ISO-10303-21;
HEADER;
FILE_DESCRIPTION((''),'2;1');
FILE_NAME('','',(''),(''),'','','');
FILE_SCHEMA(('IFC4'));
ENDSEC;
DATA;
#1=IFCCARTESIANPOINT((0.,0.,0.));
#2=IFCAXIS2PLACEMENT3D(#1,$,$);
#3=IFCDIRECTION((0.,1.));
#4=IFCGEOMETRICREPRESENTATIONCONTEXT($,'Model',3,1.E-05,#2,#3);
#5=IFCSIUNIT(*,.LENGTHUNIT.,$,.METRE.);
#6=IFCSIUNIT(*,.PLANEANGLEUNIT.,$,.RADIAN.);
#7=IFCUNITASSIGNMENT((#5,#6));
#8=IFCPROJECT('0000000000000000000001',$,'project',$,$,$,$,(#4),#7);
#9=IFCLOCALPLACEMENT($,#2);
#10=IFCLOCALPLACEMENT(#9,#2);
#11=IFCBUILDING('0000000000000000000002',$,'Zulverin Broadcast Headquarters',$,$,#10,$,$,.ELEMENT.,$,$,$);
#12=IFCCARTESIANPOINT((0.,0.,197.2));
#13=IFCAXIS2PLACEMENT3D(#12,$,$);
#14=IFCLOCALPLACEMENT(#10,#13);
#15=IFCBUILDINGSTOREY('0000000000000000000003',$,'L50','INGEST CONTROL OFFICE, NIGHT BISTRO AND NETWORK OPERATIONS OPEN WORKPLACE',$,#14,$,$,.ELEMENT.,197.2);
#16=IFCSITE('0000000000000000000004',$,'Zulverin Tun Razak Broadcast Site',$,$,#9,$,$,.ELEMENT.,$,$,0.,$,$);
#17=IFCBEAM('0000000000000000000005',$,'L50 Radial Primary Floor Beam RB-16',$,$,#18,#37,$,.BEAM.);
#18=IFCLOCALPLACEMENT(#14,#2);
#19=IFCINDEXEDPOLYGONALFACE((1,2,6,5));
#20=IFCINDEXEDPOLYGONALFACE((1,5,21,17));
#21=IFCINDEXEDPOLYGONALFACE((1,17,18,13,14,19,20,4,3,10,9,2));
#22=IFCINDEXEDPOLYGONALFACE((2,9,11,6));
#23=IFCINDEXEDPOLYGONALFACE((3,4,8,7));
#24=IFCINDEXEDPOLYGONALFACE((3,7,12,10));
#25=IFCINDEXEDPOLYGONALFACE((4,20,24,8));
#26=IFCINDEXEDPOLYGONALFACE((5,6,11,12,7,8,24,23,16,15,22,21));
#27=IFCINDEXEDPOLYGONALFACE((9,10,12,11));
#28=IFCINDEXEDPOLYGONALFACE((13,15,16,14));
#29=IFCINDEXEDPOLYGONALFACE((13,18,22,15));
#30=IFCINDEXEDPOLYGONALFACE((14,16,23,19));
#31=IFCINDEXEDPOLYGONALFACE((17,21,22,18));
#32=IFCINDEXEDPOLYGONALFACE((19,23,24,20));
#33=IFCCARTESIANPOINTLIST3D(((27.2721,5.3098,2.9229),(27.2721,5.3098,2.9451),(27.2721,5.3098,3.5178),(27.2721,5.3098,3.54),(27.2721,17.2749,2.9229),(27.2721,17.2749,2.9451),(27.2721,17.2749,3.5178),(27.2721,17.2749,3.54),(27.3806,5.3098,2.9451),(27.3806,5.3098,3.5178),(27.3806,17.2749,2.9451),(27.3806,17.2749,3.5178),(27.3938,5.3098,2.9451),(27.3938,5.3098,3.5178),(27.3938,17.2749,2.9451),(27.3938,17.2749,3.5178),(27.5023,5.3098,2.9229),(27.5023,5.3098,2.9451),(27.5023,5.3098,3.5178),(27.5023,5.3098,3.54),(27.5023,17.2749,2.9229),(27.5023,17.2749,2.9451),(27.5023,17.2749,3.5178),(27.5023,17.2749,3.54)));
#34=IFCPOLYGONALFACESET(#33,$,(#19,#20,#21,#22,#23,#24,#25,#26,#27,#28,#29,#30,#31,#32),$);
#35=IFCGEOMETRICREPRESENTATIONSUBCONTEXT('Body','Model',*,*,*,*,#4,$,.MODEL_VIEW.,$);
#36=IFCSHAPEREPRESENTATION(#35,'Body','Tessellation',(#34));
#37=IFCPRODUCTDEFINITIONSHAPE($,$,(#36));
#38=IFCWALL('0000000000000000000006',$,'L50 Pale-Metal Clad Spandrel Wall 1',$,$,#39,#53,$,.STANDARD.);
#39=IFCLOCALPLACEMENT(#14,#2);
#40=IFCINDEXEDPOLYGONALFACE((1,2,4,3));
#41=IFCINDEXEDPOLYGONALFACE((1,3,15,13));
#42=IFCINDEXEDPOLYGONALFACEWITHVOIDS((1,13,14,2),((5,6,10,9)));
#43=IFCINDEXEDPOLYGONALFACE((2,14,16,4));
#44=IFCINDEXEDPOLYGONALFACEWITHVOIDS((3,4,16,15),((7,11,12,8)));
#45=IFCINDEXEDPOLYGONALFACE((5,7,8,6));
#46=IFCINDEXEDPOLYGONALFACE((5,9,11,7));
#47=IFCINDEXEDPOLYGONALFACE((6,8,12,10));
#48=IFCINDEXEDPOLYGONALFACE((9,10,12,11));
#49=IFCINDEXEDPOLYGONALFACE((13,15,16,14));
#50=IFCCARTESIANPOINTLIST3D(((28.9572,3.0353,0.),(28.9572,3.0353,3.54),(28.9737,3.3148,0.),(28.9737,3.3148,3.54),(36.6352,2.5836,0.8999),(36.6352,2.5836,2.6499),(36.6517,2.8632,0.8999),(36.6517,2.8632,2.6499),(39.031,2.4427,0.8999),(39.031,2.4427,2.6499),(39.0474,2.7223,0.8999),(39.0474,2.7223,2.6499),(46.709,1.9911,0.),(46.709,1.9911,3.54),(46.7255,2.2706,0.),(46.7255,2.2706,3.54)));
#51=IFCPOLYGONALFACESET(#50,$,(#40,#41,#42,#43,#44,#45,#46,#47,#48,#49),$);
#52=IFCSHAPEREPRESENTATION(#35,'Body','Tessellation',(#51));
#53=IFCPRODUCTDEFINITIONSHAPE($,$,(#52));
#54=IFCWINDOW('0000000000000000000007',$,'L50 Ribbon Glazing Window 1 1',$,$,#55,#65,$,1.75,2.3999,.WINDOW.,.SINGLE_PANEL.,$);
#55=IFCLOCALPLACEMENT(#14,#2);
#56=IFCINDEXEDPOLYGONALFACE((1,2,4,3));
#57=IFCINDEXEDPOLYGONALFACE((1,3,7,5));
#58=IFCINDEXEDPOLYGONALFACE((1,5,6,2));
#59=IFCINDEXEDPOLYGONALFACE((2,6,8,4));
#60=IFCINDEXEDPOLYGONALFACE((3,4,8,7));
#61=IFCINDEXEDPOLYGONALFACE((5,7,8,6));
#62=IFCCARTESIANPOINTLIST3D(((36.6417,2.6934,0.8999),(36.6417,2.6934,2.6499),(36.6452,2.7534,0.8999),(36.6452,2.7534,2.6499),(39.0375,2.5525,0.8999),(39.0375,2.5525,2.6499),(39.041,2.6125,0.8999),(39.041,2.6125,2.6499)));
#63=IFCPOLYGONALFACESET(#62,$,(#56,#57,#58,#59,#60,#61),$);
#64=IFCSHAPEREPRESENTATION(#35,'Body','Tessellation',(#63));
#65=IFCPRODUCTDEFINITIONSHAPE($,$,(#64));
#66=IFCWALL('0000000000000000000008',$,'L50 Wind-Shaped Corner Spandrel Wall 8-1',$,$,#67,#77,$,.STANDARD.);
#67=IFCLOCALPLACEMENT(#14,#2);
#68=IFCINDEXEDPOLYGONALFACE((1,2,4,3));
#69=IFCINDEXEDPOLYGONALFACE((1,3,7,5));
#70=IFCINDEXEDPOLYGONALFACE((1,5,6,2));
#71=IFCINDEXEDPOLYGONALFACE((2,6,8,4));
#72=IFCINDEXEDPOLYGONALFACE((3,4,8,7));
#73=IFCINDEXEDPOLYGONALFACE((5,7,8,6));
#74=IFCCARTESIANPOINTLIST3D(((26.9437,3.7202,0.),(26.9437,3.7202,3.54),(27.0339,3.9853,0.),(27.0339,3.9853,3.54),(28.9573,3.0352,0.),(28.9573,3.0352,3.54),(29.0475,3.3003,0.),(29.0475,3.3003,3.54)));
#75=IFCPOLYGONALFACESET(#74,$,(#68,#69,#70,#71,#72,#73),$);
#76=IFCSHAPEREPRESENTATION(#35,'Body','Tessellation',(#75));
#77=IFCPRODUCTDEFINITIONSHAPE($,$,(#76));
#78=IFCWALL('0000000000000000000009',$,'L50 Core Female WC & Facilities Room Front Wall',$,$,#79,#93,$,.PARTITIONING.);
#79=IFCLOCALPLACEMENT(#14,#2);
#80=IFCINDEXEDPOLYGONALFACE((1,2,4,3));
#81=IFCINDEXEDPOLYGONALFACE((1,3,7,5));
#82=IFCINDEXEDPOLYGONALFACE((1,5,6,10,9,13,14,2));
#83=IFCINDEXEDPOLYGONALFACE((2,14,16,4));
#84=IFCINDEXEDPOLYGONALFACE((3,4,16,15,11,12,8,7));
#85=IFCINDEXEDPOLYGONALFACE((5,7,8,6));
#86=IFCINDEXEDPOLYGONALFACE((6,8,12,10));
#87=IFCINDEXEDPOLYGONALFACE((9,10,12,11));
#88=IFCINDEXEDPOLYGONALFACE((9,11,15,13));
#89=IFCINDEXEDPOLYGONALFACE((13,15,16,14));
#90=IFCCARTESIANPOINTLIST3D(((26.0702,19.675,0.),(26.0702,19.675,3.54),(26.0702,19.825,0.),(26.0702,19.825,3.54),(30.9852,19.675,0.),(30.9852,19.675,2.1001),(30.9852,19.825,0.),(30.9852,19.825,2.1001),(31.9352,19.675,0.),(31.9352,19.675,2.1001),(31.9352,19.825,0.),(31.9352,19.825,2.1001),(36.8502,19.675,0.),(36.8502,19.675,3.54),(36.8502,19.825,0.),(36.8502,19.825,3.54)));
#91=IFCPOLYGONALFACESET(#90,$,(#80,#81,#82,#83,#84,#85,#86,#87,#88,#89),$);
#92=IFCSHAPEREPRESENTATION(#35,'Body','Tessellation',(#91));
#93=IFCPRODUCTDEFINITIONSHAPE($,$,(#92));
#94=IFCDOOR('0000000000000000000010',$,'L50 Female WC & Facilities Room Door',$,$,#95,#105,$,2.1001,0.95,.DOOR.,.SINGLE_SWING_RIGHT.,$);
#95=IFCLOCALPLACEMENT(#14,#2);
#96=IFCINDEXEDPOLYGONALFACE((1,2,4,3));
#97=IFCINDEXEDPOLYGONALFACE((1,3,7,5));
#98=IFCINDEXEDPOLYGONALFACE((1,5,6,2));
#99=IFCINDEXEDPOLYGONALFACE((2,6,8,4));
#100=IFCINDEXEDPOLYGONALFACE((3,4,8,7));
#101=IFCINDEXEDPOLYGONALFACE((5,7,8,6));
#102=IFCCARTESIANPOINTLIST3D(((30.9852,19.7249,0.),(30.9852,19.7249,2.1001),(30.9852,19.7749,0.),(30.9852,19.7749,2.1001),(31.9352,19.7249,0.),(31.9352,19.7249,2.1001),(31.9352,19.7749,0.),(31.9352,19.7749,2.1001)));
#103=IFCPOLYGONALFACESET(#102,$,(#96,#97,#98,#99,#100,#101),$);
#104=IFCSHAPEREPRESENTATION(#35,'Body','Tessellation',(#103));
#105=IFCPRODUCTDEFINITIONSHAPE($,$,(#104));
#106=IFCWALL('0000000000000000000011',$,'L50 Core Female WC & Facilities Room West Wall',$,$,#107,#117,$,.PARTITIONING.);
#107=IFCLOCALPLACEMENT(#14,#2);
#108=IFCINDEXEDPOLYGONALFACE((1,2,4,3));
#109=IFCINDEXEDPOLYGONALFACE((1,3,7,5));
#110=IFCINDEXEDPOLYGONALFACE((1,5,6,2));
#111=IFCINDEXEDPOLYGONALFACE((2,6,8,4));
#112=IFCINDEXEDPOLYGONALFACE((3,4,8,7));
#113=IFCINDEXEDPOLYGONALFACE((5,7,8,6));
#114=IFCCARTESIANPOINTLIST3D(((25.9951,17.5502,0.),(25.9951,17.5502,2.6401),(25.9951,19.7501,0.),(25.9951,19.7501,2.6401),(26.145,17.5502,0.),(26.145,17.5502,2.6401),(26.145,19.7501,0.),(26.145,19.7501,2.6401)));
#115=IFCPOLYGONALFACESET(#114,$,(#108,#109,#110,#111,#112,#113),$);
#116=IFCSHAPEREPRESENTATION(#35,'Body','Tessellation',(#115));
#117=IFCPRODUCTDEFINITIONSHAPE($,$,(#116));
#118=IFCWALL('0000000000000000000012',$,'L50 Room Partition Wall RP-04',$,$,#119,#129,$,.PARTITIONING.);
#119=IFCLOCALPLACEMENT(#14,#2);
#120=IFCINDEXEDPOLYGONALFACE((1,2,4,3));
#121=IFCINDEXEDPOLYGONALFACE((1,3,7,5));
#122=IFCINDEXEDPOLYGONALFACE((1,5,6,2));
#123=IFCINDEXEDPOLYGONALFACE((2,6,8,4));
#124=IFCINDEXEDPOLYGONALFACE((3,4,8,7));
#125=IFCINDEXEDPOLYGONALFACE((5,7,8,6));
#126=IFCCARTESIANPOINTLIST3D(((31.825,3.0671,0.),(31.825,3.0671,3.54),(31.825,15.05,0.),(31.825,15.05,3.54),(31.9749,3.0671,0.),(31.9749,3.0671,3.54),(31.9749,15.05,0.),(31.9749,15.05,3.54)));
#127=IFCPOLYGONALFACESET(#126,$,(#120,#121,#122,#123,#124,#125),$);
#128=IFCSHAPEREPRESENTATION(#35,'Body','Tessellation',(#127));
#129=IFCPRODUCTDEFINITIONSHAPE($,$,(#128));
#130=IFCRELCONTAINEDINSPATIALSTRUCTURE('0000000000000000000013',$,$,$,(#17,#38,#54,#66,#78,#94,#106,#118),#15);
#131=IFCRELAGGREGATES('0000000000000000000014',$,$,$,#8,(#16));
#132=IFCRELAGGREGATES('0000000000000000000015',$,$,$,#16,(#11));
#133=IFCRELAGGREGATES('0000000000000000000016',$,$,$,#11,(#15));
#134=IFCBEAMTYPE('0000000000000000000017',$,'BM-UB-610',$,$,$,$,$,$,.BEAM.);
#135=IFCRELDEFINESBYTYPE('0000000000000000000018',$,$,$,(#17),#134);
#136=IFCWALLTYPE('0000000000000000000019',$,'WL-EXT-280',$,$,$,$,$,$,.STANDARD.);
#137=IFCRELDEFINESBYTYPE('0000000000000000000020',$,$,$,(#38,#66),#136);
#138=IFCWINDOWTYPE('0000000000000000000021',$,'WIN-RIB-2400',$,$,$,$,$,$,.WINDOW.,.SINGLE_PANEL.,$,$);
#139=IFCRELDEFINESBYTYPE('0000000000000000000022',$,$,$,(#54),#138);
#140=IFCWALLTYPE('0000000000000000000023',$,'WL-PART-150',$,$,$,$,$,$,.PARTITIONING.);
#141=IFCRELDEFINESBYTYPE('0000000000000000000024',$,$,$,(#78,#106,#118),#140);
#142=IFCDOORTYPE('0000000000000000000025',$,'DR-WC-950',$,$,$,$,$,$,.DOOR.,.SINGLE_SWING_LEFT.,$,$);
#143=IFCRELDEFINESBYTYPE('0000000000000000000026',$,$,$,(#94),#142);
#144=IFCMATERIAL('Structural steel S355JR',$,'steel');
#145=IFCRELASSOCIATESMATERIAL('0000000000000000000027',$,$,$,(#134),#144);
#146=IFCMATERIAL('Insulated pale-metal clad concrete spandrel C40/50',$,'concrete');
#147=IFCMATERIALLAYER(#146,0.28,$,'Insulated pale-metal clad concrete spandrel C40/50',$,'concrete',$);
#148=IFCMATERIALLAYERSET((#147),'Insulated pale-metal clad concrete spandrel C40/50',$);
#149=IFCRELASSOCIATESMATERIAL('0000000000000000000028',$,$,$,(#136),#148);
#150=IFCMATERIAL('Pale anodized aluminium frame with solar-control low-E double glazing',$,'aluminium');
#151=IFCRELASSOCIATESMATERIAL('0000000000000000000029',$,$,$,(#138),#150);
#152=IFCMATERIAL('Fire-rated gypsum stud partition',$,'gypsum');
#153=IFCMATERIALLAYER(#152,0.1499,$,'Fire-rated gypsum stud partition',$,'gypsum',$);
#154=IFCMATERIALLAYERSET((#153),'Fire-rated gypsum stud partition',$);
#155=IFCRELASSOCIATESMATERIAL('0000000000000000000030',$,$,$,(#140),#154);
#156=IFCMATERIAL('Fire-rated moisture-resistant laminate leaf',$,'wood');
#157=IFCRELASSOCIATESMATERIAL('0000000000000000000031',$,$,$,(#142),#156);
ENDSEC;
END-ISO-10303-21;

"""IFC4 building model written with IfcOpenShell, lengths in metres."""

from ifc_helpers import new_model, si_unit, direction, frame, frame_2d, origin, origin_2d, place, context, subcontext, project, spatial, rectangle, i_section, extrude, material, layer, layer_set, material_profile, profile_set, type_object, element, fill, save


model = new_model("IFC4")

# Units and contexts
model_context = context("Model", 3, precision=1e-05, world=origin(), true_north=direction((0.0, 1.0)))
body_context = subcontext(model_context, "Body", "Model", "MODEL_VIEW")
ifc_project = project(units=[si_unit("LENGTHUNIT", "METRE"), si_unit("PLANEANGLEUNIT", "RADIAN")], contexts=[model_context])

# Site, building, storey
site_placement = place(None, origin())
site = spatial("IfcSite", under=ifc_project, at=site_placement, Name="Zulverin Tun Razak Broadcast Site", CompositionType="ELEMENT", RefElevation=0.0)
building_placement = place(site_placement, origin())
building = spatial("IfcBuilding", under=site, at=building_placement, Name="Zulverin Broadcast Headquarters", CompositionType="ELEMENT")
storey_placement = place(building_placement, frame((0.0, 0.0, 197.2)))
storey = spatial("IfcBuildingStorey", under=building, at=storey_placement, Name="L50", Description="INGEST CONTROL OFFICE, NIGHT BISTRO AND NETWORK OPERATIONS OPEN WORKPLACE", CompositionType="ELEMENT", Elevation=197.2)

# Beam
ifc_material_1 = material(Name="Structural steel S355JR", Category="steel")
ifc_material_profile_1 = material_profile(ifc_material_1, i_section(OverallWidth=0.2302, OverallDepth=0.6172, WebThickness=0.0132, FlangeThickness=0.0222, at=origin_2d()), Name="Structural steel S355JR", Category="steel")
ifc_profile_set_1 = profile_set([ifc_material_profile_1], Name="Structural steel S355JR")
beam_type_1 = type_object("IfcBeamType", Name="BM-UB-610", PredefinedType="BEAM", material=ifc_profile_set_1)
beam_1_placement = place(storey_placement, frame((27.3872, 17.2749, 3.2314), z_axis=(0.0, -1.0, 0.0), x_axis=(1.0, 0.0, 0.0)))
element("IfcBeam", 1, at=beam_1_placement, inside=storey, type_object=beam_type_1, Name="L50 Radial Primary Floor Beam RB-16", PredefinedType="BEAM", context=body_context, shape_type="SweptSolid", body=[
    extrude(i_section(OverallWidth=0.2302, OverallDepth=0.6172, WebThickness=0.0132, FlangeThickness=0.0222, at=origin_2d()), origin(), (0.0, 0.0, 1.0), 11.9651),
])

# Wall, opening, window
ifc_material_2 = material(Name="Insulated pale-metal clad concrete spandrel C40/50", Category="concrete")
ifc_layer_1 = layer(ifc_material_2, 0.28, Name="Insulated pale-metal clad concrete spandrel C40/50", Category="concrete")
ifc_layer_set_1 = layer_set([ifc_layer_1], Name="Insulated pale-metal clad concrete spandrel C40/50")
wall_type_1 = type_object("IfcWallType", Name="WL-EXT-280", PredefinedType="STANDARD", material=ifc_layer_set_1)
wall_1_placement = place(storey_placement, frame((28.9656, 3.175, 0.0), z_axis=(0.0, 0.0, 1.0), x_axis=(0.998274, -0.05872, 0.0)))
wall_1 = element("IfcWall", 2, at=wall_1_placement, inside=storey, type_object=wall_type_1, Name="L50 Pale-Metal Clad Spandrel Wall 1", PredefinedType="STANDARD", context=body_context, shape_type="SweptSolid", body=[
    extrude(rectangle(XDim=17.7825, YDim=0.28, at=frame_2d((8.8911, 0.0))), origin(), (0.0, 0.0, 1.0), 3.54),
])
opening_1_placement = place(wall_1_placement, frame((7.6912, 0.0, 0.8999)))
opening_1 = element("IfcOpeningElement", 3, at=opening_1_placement, cuts=wall_1, PredefinedType="OPENING", context=body_context, shape_type="SweptSolid", body=[
    extrude(rectangle(XDim=2.3999, YDim=1.75, at=frame_2d((1.2, 0.875))), frame((0.0, 0.1499, 0.0), z_axis=(0.0, -1.0, 0.0), x_axis=(1.0, 0.0, 0.0)), (0.0, 0.0, 1.0), 0.3),
])
ifc_material_3 = material(Name="Pale anodized aluminium frame with solar-control low-E double glazing", Category="aluminium")
window_type = type_object("IfcWindowType", Name="WIN-RIB-2400", PartitioningType="SINGLE_PANEL", PredefinedType="WINDOW", material=ifc_material_3)
window_placement = place(opening_1_placement, origin())
window = element("IfcWindow", 4, at=window_placement, inside=storey, type_object=window_type, Name="L50 Ribbon Glazing Window 1 1", OverallHeight=1.75, OverallWidth=2.3999, PartitioningType="SINGLE_PANEL", PredefinedType="WINDOW", context=body_context, shape_type="SweptSolid", body=[
    extrude(rectangle(XDim=2.3999, YDim=1.75, at=frame_2d((1.2, 0.875))), frame((0.0, 0.03, 0.0), z_axis=(0.0, -1.0, 0.0), x_axis=(1.0, 0.0, 0.0)), (0.0, 0.0, 1.0), 0.0601),
])
fill(opening_1, window)

# Wall
wall_2_placement = place(storey_placement, frame((26.9888, 3.8528, 0.0), z_axis=(0.0, 0.0, 1.0), x_axis=(0.946714, -0.322076, 0.0)))
element("IfcWall", 5, at=wall_2_placement, inside=storey, type_object=wall_type_1, Name="L50 Wind-Shaped Corner Spandrel Wall 8-1", PredefinedType="STANDARD", context=body_context, shape_type="SweptSolid", body=[
    extrude(rectangle(XDim=2.127, YDim=0.28, at=frame_2d((1.0635, 0.0))), origin(), (0.0, 0.0, 1.0), 3.54),
])

# Wall, opening, door
ifc_material_4 = material(Name="Fire-rated gypsum stud partition", Category="gypsum")
ifc_layer_2 = layer(ifc_material_4, 0.1499, Name="Fire-rated gypsum stud partition", Category="gypsum")
ifc_layer_set_2 = layer_set([ifc_layer_2], Name="Fire-rated gypsum stud partition")
wall_type_2 = type_object("IfcWallType", Name="WL-PART-150", PredefinedType="PARTITIONING", material=ifc_layer_set_2)
wall_3_placement = place(storey_placement, frame((26.0701, 19.75, 0.0), z_axis=(0.0, 0.0, 1.0), x_axis=(1.0, 0.0, 0.0)))
wall_3 = element("IfcWall", 6, at=wall_3_placement, inside=storey, type_object=wall_type_2, Name="L50 Core Female WC & Facilities Room Front Wall", PredefinedType="PARTITIONING", context=body_context, shape_type="SweptSolid", body=[
    extrude(rectangle(XDim=10.78, YDim=0.1499, at=frame_2d((5.3901, 0.0))), origin(), (0.0, 0.0, 1.0), 3.54),
])
opening_2_placement = place(wall_3_placement, frame((4.915, 0.0, 0.0)))
opening_2 = element("IfcOpeningElement", 7, at=opening_2_placement, cuts=wall_3, PredefinedType="OPENING", context=body_context, shape_type="SweptSolid", body=[
    extrude(rectangle(XDim=0.95, YDim=2.1001, at=frame_2d((0.4751, 1.05))), frame((0.0, 0.085, 0.0), z_axis=(0.0, -1.0, 0.0), x_axis=(1.0, 0.0, 0.0)), (0.0, 0.0, 1.0), 0.1699),
])
ifc_material_5 = material(Name="Fire-rated moisture-resistant laminate leaf", Category="wood")
door_type = type_object("IfcDoorType", Name="DR-WC-950", OperationType="SINGLE_SWING_LEFT", PredefinedType="DOOR", material=ifc_material_5)
door_placement = place(opening_2_placement, origin())
door = element("IfcDoor", 8, at=door_placement, inside=storey, type_object=door_type, Name="L50 Female WC & Facilities Room Door", OperationType="SINGLE_SWING_RIGHT", OverallHeight=2.1001, OverallWidth=0.95, PredefinedType="DOOR", context=body_context, shape_type="SweptSolid", body=[
    extrude(rectangle(XDim=0.95, YDim=2.1001, at=frame_2d((0.4751, 1.05))), frame((0.0, 0.0249, 0.0), z_axis=(0.0, -1.0, 0.0), x_axis=(1.0, 0.0, 0.0)), (0.0, 0.0, 1.0), 0.05),
])
fill(opening_2, door)

# Walls
wall_4_placement = place(storey_placement, frame((26.0701, 17.55, 0.0), z_axis=(0.0, 0.0, 1.0), x_axis=(0.0, 1.0, 0.0)))
element("IfcWall", 9, at=wall_4_placement, inside=storey, type_object=wall_type_2, Name="L50 Core Female WC & Facilities Room West Wall", PredefinedType="PARTITIONING", context=body_context, shape_type="SweptSolid", body=[
    extrude(rectangle(XDim=2.2, YDim=0.1499, at=frame_2d((1.1001, 0.0))), origin(), (0.0, 0.0, 1.0), 2.6401),
])
wall_5_placement = place(storey_placement, frame((31.8999, 3.0671, 0.0), z_axis=(0.0, 0.0, 1.0), x_axis=(0.0, 1.0, 0.0)))
element("IfcWall", 10, at=wall_5_placement, inside=storey, type_object=wall_type_2, Name="L50 Room Partition Wall RP-04", PredefinedType="PARTITIONING", context=body_context, shape_type="SweptSolid", body=[
    extrude(rectangle(XDim=11.9829, YDim=0.1499, at=frame_2d((5.9915, 0.0))), origin(), (0.0, 0.0, 1.0), 3.54),
])

save(model, "model.ifc")
